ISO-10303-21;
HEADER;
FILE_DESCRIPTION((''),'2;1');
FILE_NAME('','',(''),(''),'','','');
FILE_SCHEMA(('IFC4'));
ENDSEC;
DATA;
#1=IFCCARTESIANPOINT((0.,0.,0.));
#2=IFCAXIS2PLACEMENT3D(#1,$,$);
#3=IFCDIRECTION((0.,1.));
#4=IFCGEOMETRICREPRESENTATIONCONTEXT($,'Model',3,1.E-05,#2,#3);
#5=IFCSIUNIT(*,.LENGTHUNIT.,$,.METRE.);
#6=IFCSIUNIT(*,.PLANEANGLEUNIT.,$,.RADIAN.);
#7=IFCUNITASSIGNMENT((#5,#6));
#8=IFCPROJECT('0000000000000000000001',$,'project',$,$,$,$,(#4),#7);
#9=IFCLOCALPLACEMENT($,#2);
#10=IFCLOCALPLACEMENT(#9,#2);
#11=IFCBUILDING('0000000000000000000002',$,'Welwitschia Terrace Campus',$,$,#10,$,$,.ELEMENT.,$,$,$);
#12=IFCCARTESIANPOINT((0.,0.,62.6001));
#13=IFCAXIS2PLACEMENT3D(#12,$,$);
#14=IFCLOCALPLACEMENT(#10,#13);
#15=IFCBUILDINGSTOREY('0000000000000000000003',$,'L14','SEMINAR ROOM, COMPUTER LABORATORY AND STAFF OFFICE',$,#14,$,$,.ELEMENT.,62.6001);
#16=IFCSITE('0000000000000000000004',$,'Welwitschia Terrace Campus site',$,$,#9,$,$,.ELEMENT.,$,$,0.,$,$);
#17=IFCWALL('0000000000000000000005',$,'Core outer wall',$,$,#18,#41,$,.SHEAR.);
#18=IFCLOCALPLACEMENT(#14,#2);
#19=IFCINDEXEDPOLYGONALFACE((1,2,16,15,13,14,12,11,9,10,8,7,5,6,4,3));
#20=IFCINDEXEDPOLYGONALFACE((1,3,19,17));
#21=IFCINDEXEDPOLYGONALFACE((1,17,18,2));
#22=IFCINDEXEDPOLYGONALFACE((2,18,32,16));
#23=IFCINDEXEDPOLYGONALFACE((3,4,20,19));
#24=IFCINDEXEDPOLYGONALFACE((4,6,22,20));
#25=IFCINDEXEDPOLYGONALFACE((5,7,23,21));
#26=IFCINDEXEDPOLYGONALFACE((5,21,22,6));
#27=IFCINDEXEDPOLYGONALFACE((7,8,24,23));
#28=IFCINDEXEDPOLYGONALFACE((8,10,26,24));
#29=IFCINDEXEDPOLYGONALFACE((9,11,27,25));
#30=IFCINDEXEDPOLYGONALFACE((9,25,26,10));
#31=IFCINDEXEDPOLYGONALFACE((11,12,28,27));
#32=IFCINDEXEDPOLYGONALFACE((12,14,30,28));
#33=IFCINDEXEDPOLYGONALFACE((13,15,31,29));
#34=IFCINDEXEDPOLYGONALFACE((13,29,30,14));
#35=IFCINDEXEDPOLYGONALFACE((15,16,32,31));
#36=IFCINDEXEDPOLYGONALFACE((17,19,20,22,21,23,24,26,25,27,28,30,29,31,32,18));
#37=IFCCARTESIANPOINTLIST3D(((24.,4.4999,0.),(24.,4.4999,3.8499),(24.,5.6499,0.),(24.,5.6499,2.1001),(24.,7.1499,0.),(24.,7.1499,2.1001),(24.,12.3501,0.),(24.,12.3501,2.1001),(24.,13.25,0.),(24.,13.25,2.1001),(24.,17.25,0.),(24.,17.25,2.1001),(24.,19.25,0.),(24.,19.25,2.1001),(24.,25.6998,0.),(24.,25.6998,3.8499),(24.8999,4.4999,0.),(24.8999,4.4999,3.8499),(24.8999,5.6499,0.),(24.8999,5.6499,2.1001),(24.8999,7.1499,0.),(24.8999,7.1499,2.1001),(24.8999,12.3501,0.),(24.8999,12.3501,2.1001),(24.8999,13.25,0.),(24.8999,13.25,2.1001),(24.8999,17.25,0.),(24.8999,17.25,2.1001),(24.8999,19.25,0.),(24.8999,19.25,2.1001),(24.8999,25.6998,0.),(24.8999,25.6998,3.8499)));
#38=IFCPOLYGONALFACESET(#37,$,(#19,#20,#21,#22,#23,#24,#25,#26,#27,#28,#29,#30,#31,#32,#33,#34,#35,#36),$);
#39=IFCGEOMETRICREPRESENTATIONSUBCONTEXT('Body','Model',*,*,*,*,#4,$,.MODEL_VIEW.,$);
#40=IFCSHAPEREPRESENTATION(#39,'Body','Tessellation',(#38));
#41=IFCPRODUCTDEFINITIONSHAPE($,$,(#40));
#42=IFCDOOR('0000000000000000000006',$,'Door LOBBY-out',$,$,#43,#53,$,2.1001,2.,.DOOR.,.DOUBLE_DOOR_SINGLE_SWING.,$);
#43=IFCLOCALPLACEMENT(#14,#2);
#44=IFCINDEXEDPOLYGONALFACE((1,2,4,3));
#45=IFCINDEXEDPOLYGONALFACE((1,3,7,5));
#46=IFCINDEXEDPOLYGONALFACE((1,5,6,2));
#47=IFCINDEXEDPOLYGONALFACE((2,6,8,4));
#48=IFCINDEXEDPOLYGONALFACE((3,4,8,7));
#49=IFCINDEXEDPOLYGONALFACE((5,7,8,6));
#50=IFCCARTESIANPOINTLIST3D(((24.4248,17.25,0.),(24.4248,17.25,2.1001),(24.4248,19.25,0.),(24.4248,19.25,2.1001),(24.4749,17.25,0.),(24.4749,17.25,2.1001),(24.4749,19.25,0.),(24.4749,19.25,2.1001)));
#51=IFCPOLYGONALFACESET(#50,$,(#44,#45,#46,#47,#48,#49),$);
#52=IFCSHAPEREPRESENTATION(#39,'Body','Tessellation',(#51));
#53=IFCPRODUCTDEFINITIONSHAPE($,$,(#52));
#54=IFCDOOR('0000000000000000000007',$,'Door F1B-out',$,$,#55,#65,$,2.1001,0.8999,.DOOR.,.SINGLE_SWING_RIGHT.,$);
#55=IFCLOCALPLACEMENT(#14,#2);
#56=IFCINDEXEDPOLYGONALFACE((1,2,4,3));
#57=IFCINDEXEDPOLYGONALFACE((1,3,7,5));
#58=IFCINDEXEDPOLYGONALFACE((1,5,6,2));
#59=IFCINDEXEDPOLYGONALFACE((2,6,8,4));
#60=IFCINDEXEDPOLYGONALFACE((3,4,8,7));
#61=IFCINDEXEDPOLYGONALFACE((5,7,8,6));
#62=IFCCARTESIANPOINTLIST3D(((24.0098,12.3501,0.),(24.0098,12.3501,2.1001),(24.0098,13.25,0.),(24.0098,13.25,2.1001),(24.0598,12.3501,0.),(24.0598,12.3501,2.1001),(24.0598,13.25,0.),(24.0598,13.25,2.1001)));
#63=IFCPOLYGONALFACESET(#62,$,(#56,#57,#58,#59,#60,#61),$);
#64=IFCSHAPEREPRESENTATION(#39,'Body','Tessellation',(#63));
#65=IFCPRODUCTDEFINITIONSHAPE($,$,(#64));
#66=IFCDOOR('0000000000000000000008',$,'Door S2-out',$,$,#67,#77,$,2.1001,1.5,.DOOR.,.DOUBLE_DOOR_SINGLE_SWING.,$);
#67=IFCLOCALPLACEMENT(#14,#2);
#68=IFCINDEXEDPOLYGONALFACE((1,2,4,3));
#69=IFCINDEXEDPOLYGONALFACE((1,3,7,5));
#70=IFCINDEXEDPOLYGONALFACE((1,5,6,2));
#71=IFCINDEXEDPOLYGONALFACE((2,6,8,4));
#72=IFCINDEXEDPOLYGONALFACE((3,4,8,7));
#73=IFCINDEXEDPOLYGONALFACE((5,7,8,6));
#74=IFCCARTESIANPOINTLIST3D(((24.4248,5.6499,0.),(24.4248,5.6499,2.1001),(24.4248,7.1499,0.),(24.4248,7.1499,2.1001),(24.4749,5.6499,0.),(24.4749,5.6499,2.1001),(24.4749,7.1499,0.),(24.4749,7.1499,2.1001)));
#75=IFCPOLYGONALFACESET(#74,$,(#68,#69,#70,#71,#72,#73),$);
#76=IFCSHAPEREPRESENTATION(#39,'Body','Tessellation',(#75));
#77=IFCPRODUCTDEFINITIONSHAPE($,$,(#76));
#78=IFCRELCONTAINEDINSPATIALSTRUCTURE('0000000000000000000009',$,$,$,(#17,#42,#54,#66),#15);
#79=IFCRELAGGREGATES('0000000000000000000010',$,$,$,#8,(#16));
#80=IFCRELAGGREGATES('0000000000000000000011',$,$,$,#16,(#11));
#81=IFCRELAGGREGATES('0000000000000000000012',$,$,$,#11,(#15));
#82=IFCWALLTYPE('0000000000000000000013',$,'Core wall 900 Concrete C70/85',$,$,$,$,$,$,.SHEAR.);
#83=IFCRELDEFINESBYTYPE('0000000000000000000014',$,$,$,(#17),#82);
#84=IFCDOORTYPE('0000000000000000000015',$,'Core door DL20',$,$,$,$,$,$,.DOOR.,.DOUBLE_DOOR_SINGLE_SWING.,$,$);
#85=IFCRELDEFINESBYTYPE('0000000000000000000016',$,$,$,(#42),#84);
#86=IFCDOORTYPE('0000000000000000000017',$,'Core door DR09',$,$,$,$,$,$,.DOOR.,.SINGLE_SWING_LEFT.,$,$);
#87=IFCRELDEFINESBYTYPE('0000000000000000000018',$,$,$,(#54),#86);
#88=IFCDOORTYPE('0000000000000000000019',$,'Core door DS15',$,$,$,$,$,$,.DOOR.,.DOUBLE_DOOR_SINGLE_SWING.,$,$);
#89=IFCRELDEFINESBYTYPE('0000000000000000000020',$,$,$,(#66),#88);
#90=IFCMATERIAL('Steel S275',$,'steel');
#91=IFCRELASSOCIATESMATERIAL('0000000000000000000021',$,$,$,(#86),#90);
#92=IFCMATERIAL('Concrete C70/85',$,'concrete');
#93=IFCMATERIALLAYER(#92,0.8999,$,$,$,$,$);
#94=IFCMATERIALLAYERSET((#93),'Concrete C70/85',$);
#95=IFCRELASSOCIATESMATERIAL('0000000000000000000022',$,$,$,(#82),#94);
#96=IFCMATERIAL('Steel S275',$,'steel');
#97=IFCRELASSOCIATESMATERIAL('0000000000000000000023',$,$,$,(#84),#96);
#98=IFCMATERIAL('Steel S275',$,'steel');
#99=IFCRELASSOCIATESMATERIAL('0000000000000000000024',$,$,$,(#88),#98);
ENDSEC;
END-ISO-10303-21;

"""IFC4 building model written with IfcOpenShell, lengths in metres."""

from ifc_helpers import new_model, si_unit, direction, frame, frame_2d, origin, place, context, subcontext, project, spatial, rectangle, extrude, material, layer, layer_set, type_object, element, fill, save


model = new_model("IFC4")

# Units and contexts
model_context = context("Model", 3, precision=1e-05, world=origin(), true_north=direction((0.0, 1.0)))
body_context = subcontext(model_context, "Body", "Model", "MODEL_VIEW")
ifc_project = project(units=[si_unit("LENGTHUNIT", "METRE"), si_unit("PLANEANGLEUNIT", "RADIAN")], contexts=[model_context])

# Site, building, storey
site_placement = place(None, origin())
site = spatial("IfcSite", under=ifc_project, at=site_placement, Name="Welwitschia Terrace Campus site", CompositionType="ELEMENT", RefElevation=0.0)
building_placement = place(site_placement, origin())
building = spatial("IfcBuilding", under=site, at=building_placement, Name="Welwitschia Terrace Campus", CompositionType="ELEMENT")
storey_placement = place(building_placement, frame((0.0, 0.0, 62.6001)))
storey = spatial("IfcBuildingStorey", under=building, at=storey_placement, Name="L14", Description="SEMINAR ROOM, COMPUTER LABORATORY AND STAFF OFFICE", CompositionType="ELEMENT", Elevation=62.6001)

# Shared definitions
ifc_material_1 = material(Name="Steel S275", Category="steel")
door_type_1 = type_object("IfcDoorType", Name="Core door DR09", OperationType="SINGLE_SWING_LEFT", PredefinedType="DOOR", material=ifc_material_1)

# Wall, openings, doors
ifc_material_2 = material(Name="Concrete C70/85", Category="concrete")
ifc_layer_1 = layer(ifc_material_2, 0.8999)
ifc_layer_set_1 = layer_set([ifc_layer_1], Name="Concrete C70/85")
wall_type_1 = type_object("IfcWallType", Name="Core wall 900 Concrete C70/85", PredefinedType="SHEAR", material=ifc_layer_set_1)
wall_1_placement = place(storey_placement, frame((24.45, 25.7, 0.0), z_axis=(0.0, 0.0, 1.0), x_axis=(0.0, -1.0, 0.0)))
wall_1 = element("IfcWall", 1, at=wall_1_placement, inside=storey, type_object=wall_type_1, Name="Core outer wall", PredefinedType="SHEAR", context=body_context, shape_type="SweptSolid", body=[
    extrude(rectangle(XDim=21.2, YDim=0.8999, at=frame_2d((10.6001, 0.0))), origin(), (0.0, 0.0, 1.0), 3.8499),
])
opening_1_placement = place(wall_1_placement, frame((18.55, 0.0, 0.0)))
opening_1 = element("IfcOpeningElement", 2, at=opening_1_placement, cuts=wall_1, PredefinedType="OPENING", context=body_context, shape_type="SweptSolid", body=[
    extrude(rectangle(XDim=1.5, YDim=2.1001, at=frame_2d((0.75, 1.05))), frame((0.0, 0.46, 0.0), z_axis=(0.0, -1.0, 0.0), x_axis=(1.0, 0.0, 0.0)), (0.0, 0.0, 1.0), 0.9199),
])
opening_2_placement = place(wall_1_placement, frame((12.45, 0.0, 0.0)))
opening_2 = element("IfcOpeningElement", 3, at=opening_2_placement, cuts=wall_1, PredefinedType="OPENING", context=body_context, shape_type="SweptSolid", body=[
    extrude(rectangle(XDim=0.8999, YDim=2.1001, at=frame_2d((0.45, 1.05))), frame((0.0, 0.46, 0.0), z_axis=(0.0, -1.0, 0.0), x_axis=(1.0, 0.0, 0.0)), (0.0, 0.0, 1.0), 0.9199),
])
opening_3_placement = place(wall_1_placement, frame((6.45, 0.0, 0.0)))
opening_3 = element("IfcOpeningElement", 4, at=opening_3_placement, cuts=wall_1, PredefinedType="OPENING", context=body_context, shape_type="SweptSolid", body=[
    extrude(rectangle(XDim=2.0, YDim=2.1001, at=frame_2d((1.0, 1.05))), frame((0.0, 0.46, 0.0), z_axis=(0.0, -1.0, 0.0), x_axis=(1.0, 0.0, 0.0)), (0.0, 0.0, 1.0), 0.9199),
])
ifc_material_3 = material(Name="Steel S275", Category="steel")
door_type_2 = type_object("IfcDoorType", Name="Core door DL20", OperationType="DOUBLE_DOOR_SINGLE_SWING", PredefinedType="DOOR", material=ifc_material_3)
door_1_placement = place(opening_3_placement, origin())
door_1 = element("IfcDoor", 5, at=door_1_placement, inside=storey, type_object=door_type_2, Name="Door LOBBY-out", OperationType="DOUBLE_DOOR_SINGLE_SWING", OverallHeight=2.1001, OverallWidth=2.0, PredefinedType="DOOR", context=body_context, shape_type="SweptSolid", body=[
    extrude(rectangle(XDim=2.0, YDim=2.1001, at=frame_2d((1.0, 1.05))), frame((0.0, 0.0249, 0.0), z_axis=(0.0, -1.0, 0.0), x_axis=(1.0, 0.0, 0.0)), (0.0, 0.0, 1.0), 0.05),
])
fill(opening_3, door_1)
door_2_placement = place(opening_2_placement, origin())
door_2 = element("IfcDoor", 6, at=door_2_placement, inside=storey, type_object=door_type_1, Name="Door F1B-out", OperationType="SINGLE_SWING_RIGHT", OverallHeight=2.1001, OverallWidth=0.8999, PredefinedType="DOOR", context=body_context, shape_type="SweptSolid", body=[
    extrude(rectangle(XDim=0.8999, YDim=2.1001, at=frame_2d((0.45, 1.05))), frame((0.0, -0.3901, 0.0), z_axis=(0.0, -1.0, 0.0), x_axis=(1.0, 0.0, 0.0)), (0.0, 0.0, 1.0), 0.05),
])
fill(opening_2, door_2)
ifc_material_4 = material(Name="Steel S275", Category="steel")
door_type_3 = type_object("IfcDoorType", Name="Core door DS15", OperationType="DOUBLE_DOOR_SINGLE_SWING", PredefinedType="DOOR", material=ifc_material_4)
door_3_placement = place(opening_1_placement, origin())
door_3 = element("IfcDoor", 7, at=door_3_placement, inside=storey, type_object=door_type_3, Name="Door S2-out", OperationType="DOUBLE_DOOR_SINGLE_SWING", OverallHeight=2.1001, OverallWidth=1.5, PredefinedType="DOOR", context=body_context, shape_type="SweptSolid", body=[
    extrude(rectangle(XDim=1.5, YDim=2.1001, at=frame_2d((0.75, 1.05))), frame((0.0, 0.0249, 0.0), z_axis=(0.0, -1.0, 0.0), x_axis=(1.0, 0.0, 0.0)), (0.0, 0.0, 1.0), 0.05),
])
fill(opening_1, door_3)

save(model, "model.ifc")
